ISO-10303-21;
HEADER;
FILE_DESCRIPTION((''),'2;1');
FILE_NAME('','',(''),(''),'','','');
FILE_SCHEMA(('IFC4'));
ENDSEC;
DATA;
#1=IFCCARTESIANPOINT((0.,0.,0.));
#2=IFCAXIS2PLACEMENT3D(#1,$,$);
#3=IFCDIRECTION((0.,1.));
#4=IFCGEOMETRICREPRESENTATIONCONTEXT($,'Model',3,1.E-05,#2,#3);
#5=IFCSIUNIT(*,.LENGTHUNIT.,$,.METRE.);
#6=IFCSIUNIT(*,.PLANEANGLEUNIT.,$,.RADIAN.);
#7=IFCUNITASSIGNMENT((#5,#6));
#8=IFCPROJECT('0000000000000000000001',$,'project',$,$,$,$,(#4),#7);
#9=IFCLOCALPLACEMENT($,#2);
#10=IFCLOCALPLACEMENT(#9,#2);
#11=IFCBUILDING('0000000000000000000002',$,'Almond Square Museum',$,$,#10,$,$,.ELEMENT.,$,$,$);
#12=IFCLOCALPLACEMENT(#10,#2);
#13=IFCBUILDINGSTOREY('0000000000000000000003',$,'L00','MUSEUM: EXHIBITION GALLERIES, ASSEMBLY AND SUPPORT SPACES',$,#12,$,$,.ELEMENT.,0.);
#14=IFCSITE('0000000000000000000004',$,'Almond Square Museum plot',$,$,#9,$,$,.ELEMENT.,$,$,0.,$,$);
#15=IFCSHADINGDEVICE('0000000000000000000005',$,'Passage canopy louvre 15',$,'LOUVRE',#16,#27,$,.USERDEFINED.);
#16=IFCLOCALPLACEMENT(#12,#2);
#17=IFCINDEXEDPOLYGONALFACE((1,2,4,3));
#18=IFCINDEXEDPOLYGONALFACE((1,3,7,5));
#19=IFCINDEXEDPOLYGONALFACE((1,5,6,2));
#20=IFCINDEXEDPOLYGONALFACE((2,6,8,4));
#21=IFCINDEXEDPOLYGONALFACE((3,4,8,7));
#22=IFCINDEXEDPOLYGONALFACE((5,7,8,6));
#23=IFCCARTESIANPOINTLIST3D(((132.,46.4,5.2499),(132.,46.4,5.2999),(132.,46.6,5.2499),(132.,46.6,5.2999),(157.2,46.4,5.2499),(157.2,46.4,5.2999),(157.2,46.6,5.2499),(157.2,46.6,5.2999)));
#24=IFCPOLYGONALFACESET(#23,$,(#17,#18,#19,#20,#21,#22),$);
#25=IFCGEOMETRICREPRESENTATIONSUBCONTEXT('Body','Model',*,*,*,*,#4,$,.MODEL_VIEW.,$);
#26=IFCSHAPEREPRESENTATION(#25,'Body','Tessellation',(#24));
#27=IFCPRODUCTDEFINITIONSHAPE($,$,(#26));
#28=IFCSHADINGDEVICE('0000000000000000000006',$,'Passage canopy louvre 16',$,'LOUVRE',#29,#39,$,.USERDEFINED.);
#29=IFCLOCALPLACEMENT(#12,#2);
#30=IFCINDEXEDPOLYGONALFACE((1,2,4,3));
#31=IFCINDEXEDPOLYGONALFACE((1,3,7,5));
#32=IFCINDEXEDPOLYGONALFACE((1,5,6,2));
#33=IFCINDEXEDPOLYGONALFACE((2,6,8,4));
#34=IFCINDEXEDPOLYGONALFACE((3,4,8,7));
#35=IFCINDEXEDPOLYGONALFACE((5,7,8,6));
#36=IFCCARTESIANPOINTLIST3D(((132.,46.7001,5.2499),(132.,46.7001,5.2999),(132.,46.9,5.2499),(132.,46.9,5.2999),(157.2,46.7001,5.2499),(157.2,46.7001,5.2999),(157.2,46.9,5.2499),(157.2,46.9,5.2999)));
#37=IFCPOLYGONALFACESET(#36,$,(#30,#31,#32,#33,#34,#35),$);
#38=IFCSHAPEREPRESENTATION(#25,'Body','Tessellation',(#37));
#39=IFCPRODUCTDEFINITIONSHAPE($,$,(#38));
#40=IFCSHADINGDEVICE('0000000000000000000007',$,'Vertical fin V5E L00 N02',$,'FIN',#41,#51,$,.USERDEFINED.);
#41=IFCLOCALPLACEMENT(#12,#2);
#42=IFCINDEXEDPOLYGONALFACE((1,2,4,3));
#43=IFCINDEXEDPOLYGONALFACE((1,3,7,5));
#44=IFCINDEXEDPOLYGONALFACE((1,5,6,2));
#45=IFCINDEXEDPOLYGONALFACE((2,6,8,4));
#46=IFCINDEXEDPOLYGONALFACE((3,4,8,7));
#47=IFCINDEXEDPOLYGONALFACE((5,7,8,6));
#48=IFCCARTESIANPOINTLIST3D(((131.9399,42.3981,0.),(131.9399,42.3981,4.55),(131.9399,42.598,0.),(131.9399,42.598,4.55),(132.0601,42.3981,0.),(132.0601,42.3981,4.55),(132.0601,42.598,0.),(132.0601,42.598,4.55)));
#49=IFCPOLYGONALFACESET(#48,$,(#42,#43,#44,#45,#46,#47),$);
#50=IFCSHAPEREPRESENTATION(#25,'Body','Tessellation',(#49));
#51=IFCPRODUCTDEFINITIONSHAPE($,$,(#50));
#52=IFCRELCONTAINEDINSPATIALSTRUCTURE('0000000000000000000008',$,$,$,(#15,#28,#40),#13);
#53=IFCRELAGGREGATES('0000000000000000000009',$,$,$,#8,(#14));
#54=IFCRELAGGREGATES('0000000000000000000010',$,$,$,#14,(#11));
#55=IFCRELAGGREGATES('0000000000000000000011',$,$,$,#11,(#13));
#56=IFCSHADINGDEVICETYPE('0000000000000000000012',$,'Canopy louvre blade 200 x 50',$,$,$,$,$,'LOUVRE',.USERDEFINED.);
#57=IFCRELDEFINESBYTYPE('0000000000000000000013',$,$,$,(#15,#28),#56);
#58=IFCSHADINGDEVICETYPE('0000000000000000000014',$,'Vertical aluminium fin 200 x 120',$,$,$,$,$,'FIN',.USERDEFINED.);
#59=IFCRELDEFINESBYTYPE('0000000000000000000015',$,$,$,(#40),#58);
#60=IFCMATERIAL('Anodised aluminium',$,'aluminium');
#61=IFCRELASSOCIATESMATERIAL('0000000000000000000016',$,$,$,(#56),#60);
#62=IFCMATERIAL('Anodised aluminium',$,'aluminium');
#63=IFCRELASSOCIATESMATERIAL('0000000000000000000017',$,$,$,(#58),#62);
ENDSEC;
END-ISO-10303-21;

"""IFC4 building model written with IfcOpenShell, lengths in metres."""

from ifc_helpers import new_model, si_unit, direction, frame, origin, origin_2d, place, context, subcontext, project, spatial, rectangle, extrude, material, material_profile, profile_set, type_object, element, save


model = new_model("IFC4")

# Units and contexts
model_context = context("Model", 3, precision=1e-05, world=origin(), true_north=direction((0.0, 1.0)))
body_context = subcontext(model_context, "Body", "Model", "MODEL_VIEW")
ifc_project = project(units=[si_unit("LENGTHUNIT", "METRE"), si_unit("PLANEANGLEUNIT", "RADIAN")], contexts=[model_context])

# Site, building, storey
site_placement = place(None, origin())
site = spatial("IfcSite", under=ifc_project, at=site_placement, Name="Almond Square Museum plot", CompositionType="ELEMENT", RefElevation=0.0)
building_placement = place(site_placement, origin())
building = spatial("IfcBuilding", under=site, at=building_placement, Name="Almond Square Museum", CompositionType="ELEMENT")
storey_placement = place(building_placement, origin())
storey = spatial("IfcBuildingStorey", under=building, at=storey_placement, Name="L00", Description="MUSEUM: EXHIBITION GALLERIES, ASSEMBLY AND SUPPORT SPACES", CompositionType="ELEMENT", Elevation=0.0)

# Shading devices
ifc_material_1 = material(Name="Anodised aluminium", Category="aluminium")
ifc_material_profile_1 = material_profile(ifc_material_1, rectangle(XDim=0.2, YDim=0.05, at=origin_2d()))
ifc_profile_set_1 = profile_set([ifc_material_profile_1], Name="Anodised aluminium")
shading_device_type_1 = type_object("IfcShadingDeviceType", Name="Canopy louvre blade 200 x 50", ElementType="LOUVRE", PredefinedType="USERDEFINED", material=ifc_profile_set_1)
for number, where, z_axis, x_axis, name in (
    (1, (132.0, 46.5, 5.2749), (1.0, 0.0, 0.0), (0.0, 1.0, 0.0), "Passage canopy louvre 15"),
    (2, (132.0, 46.8, 5.2749), (1.0, 0.0, 0.0), (0.0, 1.0, 0.0), "Passage canopy louvre 16"),
):
    element("IfcShadingDevice", number, at=place(storey_placement, frame(where, z_axis=z_axis, x_axis=x_axis)), inside=storey, type_object=shading_device_type_1, Name=name, ObjectType="LOUVRE", PredefinedType="USERDEFINED", context=body_context, shape_type="SweptSolid", body=[
        extrude(rectangle(XDim=0.2, YDim=0.05, at=origin_2d()), origin(), (0.0, 0.0, 1.0), 25.2),
    ])
ifc_material_2 = material(Name="Anodised aluminium", Category="aluminium")
ifc_material_profile_2 = material_profile(ifc_material_2, rectangle(XDim=0.2, YDim=0.1201, at=origin_2d()))
ifc_profile_set_2 = profile_set([ifc_material_profile_2], Name="Anodised aluminium")
shading_device_type_2 = type_object("IfcShadingDeviceType", Name="Vertical aluminium fin 200 x 120", ElementType="FIN", PredefinedType="USERDEFINED", material=ifc_profile_set_2)
shading_device_placement = place(storey_placement, frame((132.0, 42.498, 0.0), z_axis=(0.0, 0.0, 1.0), x_axis=(0.0, 1.0, 0.0)))
element("IfcShadingDevice", 3, at=shading_device_placement, inside=storey, type_object=shading_device_type_2, Name="Vertical fin V5E L00 N02", ObjectType="FIN", PredefinedType="USERDEFINED", context=body_context, shape_type="SweptSolid", body=[
    extrude(rectangle(XDim=0.2, YDim=0.1201, at=origin_2d()), origin(), (0.0, 0.0, 1.0), 4.55),
])

save(model, "model.ifc")
